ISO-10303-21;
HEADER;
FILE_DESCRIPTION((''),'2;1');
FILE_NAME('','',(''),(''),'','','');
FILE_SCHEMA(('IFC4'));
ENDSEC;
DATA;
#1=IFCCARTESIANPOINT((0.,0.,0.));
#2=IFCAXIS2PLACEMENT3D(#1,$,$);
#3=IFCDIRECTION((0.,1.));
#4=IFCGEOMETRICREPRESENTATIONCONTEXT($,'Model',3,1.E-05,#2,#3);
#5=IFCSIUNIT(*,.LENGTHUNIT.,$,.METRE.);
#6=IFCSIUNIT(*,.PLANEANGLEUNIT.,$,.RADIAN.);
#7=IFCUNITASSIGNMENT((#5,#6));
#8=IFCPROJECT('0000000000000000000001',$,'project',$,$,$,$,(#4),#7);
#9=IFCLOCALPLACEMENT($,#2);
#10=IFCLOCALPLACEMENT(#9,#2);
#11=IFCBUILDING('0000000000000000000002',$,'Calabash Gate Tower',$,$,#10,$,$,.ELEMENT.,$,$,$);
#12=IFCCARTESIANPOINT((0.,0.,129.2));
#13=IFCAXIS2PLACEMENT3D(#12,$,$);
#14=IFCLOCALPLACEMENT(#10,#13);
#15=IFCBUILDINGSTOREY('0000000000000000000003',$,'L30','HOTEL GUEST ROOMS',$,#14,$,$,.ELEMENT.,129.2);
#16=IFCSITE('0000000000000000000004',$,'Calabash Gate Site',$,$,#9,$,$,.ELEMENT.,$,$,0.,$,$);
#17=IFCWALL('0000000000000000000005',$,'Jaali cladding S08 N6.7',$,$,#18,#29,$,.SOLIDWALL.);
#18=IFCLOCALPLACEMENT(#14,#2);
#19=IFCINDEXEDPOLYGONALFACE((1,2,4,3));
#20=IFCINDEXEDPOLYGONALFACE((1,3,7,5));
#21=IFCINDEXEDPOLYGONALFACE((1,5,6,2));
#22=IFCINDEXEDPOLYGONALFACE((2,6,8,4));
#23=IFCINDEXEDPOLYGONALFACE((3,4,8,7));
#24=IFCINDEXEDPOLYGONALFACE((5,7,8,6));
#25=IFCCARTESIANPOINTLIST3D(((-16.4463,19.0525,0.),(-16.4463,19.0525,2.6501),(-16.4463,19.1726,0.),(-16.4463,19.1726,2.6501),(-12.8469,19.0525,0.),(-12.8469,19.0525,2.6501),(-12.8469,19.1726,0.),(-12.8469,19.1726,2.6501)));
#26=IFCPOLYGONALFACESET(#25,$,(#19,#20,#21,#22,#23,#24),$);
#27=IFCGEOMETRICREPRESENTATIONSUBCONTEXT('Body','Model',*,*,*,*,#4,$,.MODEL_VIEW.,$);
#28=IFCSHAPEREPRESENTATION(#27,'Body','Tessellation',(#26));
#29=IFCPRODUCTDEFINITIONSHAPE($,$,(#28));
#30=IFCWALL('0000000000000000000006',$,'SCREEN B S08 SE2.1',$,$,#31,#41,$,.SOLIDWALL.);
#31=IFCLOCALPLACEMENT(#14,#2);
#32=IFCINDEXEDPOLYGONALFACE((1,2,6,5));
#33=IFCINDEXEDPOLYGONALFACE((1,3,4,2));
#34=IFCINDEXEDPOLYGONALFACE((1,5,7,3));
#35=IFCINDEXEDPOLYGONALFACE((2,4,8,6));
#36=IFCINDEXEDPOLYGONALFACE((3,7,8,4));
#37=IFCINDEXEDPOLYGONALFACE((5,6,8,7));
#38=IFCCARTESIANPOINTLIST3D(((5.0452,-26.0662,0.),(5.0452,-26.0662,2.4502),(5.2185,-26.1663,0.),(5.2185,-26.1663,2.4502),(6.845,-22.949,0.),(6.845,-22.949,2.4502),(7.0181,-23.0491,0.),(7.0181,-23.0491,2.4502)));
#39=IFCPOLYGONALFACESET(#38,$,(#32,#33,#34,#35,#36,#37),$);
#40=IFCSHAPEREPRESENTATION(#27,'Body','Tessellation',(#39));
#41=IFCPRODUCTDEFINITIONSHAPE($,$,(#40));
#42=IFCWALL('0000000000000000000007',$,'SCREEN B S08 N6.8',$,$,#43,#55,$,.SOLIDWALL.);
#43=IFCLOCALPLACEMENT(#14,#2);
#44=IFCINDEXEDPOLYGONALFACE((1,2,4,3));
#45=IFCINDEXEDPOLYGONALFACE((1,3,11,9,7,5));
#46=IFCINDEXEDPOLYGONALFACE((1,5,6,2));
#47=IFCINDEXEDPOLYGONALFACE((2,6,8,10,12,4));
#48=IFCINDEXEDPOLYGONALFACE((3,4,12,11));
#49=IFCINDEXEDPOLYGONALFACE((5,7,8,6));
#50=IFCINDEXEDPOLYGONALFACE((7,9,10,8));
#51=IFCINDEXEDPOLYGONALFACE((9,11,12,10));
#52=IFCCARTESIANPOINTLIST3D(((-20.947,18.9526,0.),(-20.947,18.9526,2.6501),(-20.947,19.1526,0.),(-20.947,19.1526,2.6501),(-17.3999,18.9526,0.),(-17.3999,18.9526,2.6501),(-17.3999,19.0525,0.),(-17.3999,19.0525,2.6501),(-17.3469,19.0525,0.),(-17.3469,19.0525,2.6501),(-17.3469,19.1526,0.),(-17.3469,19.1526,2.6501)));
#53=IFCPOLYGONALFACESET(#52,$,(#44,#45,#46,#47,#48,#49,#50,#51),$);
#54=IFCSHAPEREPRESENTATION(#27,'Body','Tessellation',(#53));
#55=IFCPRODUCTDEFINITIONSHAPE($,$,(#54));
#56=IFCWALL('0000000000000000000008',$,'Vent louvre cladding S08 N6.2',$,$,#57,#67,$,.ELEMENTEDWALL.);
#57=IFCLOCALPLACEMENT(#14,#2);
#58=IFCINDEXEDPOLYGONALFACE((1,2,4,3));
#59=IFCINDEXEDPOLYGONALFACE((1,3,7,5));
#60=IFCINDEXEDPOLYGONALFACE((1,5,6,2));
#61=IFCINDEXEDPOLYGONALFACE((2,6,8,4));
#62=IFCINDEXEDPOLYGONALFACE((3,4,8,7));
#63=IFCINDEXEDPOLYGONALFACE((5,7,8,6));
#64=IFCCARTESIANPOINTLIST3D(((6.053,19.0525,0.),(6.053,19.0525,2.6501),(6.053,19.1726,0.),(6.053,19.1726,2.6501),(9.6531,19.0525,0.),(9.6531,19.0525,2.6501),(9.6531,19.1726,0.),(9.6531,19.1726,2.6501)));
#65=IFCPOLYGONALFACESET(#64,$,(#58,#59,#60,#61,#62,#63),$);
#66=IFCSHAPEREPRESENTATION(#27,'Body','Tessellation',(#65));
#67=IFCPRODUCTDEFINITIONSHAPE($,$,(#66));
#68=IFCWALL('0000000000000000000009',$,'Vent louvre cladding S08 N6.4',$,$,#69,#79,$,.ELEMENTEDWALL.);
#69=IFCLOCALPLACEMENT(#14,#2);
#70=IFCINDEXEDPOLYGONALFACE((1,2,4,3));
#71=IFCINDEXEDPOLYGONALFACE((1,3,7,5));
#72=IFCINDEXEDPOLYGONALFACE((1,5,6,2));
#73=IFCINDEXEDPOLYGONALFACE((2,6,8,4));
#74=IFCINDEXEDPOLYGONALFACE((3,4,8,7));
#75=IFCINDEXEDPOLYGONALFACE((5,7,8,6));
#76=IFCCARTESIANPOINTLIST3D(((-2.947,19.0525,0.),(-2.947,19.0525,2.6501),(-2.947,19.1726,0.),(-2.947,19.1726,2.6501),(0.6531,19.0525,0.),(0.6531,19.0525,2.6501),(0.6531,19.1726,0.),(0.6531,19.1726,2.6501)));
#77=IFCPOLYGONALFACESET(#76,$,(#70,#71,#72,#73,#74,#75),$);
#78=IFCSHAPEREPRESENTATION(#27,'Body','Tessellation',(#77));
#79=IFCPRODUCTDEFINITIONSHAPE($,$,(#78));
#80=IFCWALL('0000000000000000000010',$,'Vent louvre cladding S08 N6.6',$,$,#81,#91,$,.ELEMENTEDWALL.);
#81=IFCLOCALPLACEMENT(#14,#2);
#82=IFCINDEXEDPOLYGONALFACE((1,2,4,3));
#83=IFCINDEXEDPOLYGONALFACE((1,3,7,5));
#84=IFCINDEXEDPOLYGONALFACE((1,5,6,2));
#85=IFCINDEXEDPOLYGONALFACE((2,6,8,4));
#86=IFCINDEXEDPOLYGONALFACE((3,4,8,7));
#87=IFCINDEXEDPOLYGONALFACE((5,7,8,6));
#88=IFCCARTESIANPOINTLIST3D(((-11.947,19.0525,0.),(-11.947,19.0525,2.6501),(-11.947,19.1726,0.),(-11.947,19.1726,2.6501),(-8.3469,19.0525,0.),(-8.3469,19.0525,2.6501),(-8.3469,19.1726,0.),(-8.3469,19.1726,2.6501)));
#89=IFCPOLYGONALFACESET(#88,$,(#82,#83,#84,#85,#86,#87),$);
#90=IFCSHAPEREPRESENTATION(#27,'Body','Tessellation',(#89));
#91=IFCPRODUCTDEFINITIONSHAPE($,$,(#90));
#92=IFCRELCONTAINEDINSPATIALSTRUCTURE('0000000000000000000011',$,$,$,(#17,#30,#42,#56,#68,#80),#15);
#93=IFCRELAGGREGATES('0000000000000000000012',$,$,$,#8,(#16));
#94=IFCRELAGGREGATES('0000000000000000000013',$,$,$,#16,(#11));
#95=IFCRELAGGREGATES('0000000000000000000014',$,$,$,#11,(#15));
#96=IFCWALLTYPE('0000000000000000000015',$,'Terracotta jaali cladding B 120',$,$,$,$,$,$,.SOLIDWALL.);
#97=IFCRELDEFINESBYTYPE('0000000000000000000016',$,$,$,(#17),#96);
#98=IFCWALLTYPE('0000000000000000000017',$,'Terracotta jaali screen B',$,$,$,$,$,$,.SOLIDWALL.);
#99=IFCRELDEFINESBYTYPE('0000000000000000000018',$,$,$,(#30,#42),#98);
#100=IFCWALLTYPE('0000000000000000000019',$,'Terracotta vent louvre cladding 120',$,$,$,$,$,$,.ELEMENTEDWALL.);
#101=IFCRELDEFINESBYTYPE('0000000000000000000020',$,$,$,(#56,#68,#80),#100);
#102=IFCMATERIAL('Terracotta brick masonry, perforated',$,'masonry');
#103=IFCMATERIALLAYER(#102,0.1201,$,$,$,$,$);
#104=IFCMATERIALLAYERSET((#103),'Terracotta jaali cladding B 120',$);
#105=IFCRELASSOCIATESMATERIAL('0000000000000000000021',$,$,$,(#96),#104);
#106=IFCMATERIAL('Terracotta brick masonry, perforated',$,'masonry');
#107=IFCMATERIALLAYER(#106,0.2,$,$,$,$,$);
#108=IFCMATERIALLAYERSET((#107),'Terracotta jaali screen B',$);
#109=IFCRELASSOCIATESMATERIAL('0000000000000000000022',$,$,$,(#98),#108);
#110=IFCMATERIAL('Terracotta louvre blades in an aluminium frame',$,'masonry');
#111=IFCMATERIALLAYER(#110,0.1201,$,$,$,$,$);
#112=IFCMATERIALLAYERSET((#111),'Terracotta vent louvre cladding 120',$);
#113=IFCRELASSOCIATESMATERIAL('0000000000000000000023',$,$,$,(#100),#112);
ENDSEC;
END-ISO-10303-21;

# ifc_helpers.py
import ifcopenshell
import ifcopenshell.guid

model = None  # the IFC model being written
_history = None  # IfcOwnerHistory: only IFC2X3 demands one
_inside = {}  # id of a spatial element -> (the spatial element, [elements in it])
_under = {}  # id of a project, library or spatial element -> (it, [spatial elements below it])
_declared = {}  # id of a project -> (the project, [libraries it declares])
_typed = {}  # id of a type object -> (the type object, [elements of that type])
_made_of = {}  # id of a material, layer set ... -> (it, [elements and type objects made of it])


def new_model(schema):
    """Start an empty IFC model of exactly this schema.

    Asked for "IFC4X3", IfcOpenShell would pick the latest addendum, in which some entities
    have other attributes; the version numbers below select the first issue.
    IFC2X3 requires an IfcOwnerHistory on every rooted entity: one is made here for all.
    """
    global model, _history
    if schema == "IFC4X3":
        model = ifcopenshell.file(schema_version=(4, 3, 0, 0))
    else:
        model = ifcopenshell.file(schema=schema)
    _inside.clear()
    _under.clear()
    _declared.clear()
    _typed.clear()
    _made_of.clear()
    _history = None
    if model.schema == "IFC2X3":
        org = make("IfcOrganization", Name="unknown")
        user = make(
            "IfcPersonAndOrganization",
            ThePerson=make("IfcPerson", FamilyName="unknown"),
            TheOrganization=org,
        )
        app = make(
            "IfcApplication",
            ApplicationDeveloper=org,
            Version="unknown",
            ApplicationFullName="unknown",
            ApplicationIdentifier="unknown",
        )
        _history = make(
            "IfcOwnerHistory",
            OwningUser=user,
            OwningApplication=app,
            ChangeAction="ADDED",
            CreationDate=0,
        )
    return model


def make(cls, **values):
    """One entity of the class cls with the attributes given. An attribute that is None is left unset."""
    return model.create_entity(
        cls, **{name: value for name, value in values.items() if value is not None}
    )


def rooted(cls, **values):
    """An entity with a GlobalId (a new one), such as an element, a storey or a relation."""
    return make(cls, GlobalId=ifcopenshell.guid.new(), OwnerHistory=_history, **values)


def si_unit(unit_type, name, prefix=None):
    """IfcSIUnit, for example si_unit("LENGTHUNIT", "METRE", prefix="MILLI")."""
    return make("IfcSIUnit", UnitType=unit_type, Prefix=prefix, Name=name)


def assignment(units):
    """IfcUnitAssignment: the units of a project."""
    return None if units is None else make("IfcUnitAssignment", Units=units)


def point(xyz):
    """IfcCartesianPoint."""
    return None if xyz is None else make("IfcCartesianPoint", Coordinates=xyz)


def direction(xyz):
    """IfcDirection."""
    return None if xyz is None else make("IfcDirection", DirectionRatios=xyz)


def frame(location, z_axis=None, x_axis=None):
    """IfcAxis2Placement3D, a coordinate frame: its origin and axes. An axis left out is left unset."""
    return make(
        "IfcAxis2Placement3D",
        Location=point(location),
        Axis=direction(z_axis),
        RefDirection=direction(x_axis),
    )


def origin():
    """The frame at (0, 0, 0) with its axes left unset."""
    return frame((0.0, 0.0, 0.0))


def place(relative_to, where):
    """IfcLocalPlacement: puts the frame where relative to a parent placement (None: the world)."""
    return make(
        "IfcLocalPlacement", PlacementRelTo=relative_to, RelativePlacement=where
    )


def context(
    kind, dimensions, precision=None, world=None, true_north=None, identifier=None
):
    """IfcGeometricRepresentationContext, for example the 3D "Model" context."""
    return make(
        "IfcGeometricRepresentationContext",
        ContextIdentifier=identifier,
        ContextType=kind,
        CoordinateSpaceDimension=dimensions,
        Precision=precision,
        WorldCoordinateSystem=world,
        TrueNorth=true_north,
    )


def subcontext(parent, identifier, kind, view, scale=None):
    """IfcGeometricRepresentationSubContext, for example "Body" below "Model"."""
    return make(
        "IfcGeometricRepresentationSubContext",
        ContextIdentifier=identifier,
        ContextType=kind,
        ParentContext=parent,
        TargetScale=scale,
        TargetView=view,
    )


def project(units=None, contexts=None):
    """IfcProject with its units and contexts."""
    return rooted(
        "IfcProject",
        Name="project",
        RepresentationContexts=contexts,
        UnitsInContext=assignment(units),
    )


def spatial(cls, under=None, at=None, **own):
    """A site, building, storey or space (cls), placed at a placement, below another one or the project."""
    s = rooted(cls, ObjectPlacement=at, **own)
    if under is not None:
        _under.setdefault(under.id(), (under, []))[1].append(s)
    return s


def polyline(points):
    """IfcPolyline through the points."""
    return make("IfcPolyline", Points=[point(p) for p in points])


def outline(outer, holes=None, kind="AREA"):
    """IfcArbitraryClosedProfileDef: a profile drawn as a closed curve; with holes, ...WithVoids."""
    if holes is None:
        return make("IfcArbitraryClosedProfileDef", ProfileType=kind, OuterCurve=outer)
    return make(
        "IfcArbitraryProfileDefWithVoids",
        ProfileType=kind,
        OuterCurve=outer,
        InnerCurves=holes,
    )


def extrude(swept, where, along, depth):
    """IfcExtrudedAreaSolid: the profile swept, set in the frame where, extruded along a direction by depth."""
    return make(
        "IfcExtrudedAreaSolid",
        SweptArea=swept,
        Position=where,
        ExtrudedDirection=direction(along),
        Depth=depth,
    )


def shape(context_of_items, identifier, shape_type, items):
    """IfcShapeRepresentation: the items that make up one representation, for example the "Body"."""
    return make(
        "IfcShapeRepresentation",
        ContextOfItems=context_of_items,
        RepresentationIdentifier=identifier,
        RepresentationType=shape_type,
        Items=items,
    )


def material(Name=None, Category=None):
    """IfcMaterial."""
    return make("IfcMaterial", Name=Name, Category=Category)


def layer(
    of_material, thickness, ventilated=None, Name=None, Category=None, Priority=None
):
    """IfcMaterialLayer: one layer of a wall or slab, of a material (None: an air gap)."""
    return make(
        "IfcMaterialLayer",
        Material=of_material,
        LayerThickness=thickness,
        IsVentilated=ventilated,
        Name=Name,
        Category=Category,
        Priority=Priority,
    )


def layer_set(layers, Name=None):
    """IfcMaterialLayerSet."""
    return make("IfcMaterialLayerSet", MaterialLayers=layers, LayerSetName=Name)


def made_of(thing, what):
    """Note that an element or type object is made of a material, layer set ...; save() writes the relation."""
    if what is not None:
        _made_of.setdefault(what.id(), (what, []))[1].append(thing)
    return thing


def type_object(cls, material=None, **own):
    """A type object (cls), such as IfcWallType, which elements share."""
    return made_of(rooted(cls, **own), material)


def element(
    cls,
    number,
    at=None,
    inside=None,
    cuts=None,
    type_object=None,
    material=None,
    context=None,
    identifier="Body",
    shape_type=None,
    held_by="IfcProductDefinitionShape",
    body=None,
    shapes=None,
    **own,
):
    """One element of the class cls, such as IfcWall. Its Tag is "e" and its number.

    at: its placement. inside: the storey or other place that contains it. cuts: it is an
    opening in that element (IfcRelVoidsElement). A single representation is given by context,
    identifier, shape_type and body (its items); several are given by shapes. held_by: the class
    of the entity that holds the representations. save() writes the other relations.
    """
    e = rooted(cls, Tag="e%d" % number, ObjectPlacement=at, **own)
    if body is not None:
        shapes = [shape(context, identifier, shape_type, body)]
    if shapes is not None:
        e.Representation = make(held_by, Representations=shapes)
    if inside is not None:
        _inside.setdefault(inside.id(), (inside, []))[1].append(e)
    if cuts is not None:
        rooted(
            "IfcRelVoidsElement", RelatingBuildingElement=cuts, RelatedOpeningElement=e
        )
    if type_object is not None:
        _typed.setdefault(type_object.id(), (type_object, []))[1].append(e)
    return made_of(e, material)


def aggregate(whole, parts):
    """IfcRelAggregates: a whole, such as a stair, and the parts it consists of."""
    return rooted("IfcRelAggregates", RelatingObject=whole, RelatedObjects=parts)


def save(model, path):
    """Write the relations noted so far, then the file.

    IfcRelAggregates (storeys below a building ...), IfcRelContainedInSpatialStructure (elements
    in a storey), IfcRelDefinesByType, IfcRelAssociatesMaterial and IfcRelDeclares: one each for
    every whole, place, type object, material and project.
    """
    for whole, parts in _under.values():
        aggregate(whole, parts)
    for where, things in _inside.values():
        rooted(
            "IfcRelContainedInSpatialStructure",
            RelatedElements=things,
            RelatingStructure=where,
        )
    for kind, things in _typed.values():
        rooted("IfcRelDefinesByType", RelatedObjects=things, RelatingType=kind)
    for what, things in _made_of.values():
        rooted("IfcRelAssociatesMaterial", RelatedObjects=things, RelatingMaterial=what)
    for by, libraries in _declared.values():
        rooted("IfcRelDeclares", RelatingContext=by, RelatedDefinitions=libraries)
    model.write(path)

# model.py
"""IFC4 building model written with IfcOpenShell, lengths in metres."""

from ifc_helpers import new_model, si_unit, direction, frame, origin, place, context, subcontext, project, spatial, polyline, outline, extrude, material, layer, layer_set, type_object, element, save


model = new_model("IFC4")

# Units and contexts
model_context = context("Model", 3, precision=1e-05, world=origin(), true_north=direction((0.0, 1.0)))
body_context = subcontext(model_context, "Body", "Model", "MODEL_VIEW")
ifc_project = project(units=[si_unit("LENGTHUNIT", "METRE"), si_unit("PLANEANGLEUNIT", "RADIAN")], contexts=[model_context])

# Site, building, storey
site_placement = place(None, origin())
site = spatial("IfcSite", under=ifc_project, at=site_placement, Name="Calabash Gate Site", CompositionType="ELEMENT", RefElevation=0.0)
building_placement = place(site_placement, origin())
building = spatial("IfcBuilding", under=site, at=building_placement, Name="Calabash Gate Tower", CompositionType="ELEMENT")
storey_placement = place(building_placement, frame((0.0, 0.0, 129.2)))
storey = spatial("IfcBuildingStorey", under=building, at=storey_placement, Name="L30", Description="HOTEL GUEST ROOMS", CompositionType="ELEMENT", Elevation=129.2)

# Walls
ifc_material_1 = material(Name="Terracotta brick masonry, perforated", Category="masonry")
ifc_layer_1 = layer(ifc_material_1, 0.1201)
ifc_layer_set_1 = layer_set([ifc_layer_1], Name="Terracotta jaali cladding B 120")
wall_type_1 = type_object("IfcWallType", Name="Terracotta jaali cladding B 120", PredefinedType="SOLIDWALL", material=ifc_layer_set_1)
wall_1_placement = place(storey_placement, origin())
element("IfcWall", 1, at=wall_1_placement, inside=storey, type_object=wall_type_1, Name="Jaali cladding S08 N6.7", PredefinedType="SOLIDWALL", context=body_context, shape_type="SweptSolid", body=[
    extrude(outline(polyline([(-16.4463, 19.1726), (-16.4463, 19.0525), (-12.8469, 19.0525), (-12.8469, 19.1726), (-16.4463, 19.1726)])), origin(), (0.0, 0.0, 1.0), 2.6501),
])
ifc_material_2 = material(Name="Terracotta brick masonry, perforated", Category="masonry")
ifc_layer_2 = layer(ifc_material_2, 0.2)
ifc_layer_set_2 = layer_set([ifc_layer_2], Name="Terracotta jaali screen B")
wall_type_2 = type_object("IfcWallType", Name="Terracotta jaali screen B", PredefinedType="SOLIDWALL", material=ifc_layer_set_2)
wall_2_placement = place(storey_placement, origin())
element("IfcWall", 2, at=wall_2_placement, inside=storey, type_object=wall_type_2, Name="SCREEN B S08 SE2.1", PredefinedType="SOLIDWALL", context=body_context, shape_type="SweptSolid", body=[
    extrude(outline(polyline([(6.845, -22.949), (5.0452, -26.0662), (5.2185, -26.1663), (7.0181, -23.0491), (6.845, -22.949)])), origin(), (0.0, 0.0, 1.0), 2.4502),
])
wall_3_placement = place(storey_placement, origin())
element("IfcWall", 3, at=wall_3_placement, inside=storey, type_object=wall_type_2, Name="SCREEN B S08 N6.8", PredefinedType="SOLIDWALL", context=body_context, shape_type="SweptSolid", body=[
    extrude(outline(polyline([(-20.947, 19.1526), (-20.947, 18.9526), (-17.3999, 18.9526), (-17.3999, 19.0525), (-17.3469, 19.0525), (-17.3469, 19.1526), (-20.947, 19.1526)])), origin(), (0.0, 0.0, 1.0), 2.6501),
])
ifc_material_3 = material(Name="Terracotta louvre blades in an aluminium frame", Category="masonry")
ifc_layer_3 = layer(ifc_material_3, 0.1201)
ifc_layer_set_3 = layer_set([ifc_layer_3], Name="Terracotta vent louvre cladding 120")
wall_type_3 = type_object("IfcWallType", Name="Terracotta vent louvre cladding 120", PredefinedType="ELEMENTEDWALL", material=ifc_layer_set_3)
wall_4_placement = place(storey_placement, origin())
element("IfcWall", 4, at=wall_4_placement, inside=storey, type_object=wall_type_3, Name="Vent louvre cladding S08 N6.2", PredefinedType="ELEMENTEDWALL", context=body_context, shape_type="SweptSolid", body=[
    extrude(outline(polyline([(6.053, 19.1726), (6.053, 19.0525), (9.6531, 19.0525), (9.6531, 19.1726), (6.053, 19.1726)])), origin(), (0.0, 0.0, 1.0), 2.6501),
])
wall_5_placement = place(storey_placement, origin())
element("IfcWall", 5, at=wall_5_placement, inside=storey, type_object=wall_type_3, Name="Vent louvre cladding S08 N6.4", PredefinedType="ELEMENTEDWALL", context=body_context, shape_type="SweptSolid", body=[
    extrude(outline(polyline([(-2.947, 19.1726), (-2.947, 19.0525), (0.6531, 19.0525), (0.6531, 19.1726), (-2.947, 19.1726)])), origin(), (0.0, 0.0, 1.0), 2.6501),
])
wall_6_placement = place(storey_placement, origin())
element("IfcWall", 6, at=wall_6_placement, inside=storey, type_object=wall_type_3, Name="Vent louvre cladding S08 N6.6", PredefinedType="ELEMENTEDWALL", context=body_context, shape_type="SweptSolid", body=[
    extrude(outline(polyline([(-11.947, 19.1726), (-11.947, 19.0525), (-8.3469, 19.0525), (-8.3469, 19.1726), (-11.947, 19.1726)])), origin(), (0.0, 0.0, 1.0), 2.6501),
])

save(model, "model.ifc")
